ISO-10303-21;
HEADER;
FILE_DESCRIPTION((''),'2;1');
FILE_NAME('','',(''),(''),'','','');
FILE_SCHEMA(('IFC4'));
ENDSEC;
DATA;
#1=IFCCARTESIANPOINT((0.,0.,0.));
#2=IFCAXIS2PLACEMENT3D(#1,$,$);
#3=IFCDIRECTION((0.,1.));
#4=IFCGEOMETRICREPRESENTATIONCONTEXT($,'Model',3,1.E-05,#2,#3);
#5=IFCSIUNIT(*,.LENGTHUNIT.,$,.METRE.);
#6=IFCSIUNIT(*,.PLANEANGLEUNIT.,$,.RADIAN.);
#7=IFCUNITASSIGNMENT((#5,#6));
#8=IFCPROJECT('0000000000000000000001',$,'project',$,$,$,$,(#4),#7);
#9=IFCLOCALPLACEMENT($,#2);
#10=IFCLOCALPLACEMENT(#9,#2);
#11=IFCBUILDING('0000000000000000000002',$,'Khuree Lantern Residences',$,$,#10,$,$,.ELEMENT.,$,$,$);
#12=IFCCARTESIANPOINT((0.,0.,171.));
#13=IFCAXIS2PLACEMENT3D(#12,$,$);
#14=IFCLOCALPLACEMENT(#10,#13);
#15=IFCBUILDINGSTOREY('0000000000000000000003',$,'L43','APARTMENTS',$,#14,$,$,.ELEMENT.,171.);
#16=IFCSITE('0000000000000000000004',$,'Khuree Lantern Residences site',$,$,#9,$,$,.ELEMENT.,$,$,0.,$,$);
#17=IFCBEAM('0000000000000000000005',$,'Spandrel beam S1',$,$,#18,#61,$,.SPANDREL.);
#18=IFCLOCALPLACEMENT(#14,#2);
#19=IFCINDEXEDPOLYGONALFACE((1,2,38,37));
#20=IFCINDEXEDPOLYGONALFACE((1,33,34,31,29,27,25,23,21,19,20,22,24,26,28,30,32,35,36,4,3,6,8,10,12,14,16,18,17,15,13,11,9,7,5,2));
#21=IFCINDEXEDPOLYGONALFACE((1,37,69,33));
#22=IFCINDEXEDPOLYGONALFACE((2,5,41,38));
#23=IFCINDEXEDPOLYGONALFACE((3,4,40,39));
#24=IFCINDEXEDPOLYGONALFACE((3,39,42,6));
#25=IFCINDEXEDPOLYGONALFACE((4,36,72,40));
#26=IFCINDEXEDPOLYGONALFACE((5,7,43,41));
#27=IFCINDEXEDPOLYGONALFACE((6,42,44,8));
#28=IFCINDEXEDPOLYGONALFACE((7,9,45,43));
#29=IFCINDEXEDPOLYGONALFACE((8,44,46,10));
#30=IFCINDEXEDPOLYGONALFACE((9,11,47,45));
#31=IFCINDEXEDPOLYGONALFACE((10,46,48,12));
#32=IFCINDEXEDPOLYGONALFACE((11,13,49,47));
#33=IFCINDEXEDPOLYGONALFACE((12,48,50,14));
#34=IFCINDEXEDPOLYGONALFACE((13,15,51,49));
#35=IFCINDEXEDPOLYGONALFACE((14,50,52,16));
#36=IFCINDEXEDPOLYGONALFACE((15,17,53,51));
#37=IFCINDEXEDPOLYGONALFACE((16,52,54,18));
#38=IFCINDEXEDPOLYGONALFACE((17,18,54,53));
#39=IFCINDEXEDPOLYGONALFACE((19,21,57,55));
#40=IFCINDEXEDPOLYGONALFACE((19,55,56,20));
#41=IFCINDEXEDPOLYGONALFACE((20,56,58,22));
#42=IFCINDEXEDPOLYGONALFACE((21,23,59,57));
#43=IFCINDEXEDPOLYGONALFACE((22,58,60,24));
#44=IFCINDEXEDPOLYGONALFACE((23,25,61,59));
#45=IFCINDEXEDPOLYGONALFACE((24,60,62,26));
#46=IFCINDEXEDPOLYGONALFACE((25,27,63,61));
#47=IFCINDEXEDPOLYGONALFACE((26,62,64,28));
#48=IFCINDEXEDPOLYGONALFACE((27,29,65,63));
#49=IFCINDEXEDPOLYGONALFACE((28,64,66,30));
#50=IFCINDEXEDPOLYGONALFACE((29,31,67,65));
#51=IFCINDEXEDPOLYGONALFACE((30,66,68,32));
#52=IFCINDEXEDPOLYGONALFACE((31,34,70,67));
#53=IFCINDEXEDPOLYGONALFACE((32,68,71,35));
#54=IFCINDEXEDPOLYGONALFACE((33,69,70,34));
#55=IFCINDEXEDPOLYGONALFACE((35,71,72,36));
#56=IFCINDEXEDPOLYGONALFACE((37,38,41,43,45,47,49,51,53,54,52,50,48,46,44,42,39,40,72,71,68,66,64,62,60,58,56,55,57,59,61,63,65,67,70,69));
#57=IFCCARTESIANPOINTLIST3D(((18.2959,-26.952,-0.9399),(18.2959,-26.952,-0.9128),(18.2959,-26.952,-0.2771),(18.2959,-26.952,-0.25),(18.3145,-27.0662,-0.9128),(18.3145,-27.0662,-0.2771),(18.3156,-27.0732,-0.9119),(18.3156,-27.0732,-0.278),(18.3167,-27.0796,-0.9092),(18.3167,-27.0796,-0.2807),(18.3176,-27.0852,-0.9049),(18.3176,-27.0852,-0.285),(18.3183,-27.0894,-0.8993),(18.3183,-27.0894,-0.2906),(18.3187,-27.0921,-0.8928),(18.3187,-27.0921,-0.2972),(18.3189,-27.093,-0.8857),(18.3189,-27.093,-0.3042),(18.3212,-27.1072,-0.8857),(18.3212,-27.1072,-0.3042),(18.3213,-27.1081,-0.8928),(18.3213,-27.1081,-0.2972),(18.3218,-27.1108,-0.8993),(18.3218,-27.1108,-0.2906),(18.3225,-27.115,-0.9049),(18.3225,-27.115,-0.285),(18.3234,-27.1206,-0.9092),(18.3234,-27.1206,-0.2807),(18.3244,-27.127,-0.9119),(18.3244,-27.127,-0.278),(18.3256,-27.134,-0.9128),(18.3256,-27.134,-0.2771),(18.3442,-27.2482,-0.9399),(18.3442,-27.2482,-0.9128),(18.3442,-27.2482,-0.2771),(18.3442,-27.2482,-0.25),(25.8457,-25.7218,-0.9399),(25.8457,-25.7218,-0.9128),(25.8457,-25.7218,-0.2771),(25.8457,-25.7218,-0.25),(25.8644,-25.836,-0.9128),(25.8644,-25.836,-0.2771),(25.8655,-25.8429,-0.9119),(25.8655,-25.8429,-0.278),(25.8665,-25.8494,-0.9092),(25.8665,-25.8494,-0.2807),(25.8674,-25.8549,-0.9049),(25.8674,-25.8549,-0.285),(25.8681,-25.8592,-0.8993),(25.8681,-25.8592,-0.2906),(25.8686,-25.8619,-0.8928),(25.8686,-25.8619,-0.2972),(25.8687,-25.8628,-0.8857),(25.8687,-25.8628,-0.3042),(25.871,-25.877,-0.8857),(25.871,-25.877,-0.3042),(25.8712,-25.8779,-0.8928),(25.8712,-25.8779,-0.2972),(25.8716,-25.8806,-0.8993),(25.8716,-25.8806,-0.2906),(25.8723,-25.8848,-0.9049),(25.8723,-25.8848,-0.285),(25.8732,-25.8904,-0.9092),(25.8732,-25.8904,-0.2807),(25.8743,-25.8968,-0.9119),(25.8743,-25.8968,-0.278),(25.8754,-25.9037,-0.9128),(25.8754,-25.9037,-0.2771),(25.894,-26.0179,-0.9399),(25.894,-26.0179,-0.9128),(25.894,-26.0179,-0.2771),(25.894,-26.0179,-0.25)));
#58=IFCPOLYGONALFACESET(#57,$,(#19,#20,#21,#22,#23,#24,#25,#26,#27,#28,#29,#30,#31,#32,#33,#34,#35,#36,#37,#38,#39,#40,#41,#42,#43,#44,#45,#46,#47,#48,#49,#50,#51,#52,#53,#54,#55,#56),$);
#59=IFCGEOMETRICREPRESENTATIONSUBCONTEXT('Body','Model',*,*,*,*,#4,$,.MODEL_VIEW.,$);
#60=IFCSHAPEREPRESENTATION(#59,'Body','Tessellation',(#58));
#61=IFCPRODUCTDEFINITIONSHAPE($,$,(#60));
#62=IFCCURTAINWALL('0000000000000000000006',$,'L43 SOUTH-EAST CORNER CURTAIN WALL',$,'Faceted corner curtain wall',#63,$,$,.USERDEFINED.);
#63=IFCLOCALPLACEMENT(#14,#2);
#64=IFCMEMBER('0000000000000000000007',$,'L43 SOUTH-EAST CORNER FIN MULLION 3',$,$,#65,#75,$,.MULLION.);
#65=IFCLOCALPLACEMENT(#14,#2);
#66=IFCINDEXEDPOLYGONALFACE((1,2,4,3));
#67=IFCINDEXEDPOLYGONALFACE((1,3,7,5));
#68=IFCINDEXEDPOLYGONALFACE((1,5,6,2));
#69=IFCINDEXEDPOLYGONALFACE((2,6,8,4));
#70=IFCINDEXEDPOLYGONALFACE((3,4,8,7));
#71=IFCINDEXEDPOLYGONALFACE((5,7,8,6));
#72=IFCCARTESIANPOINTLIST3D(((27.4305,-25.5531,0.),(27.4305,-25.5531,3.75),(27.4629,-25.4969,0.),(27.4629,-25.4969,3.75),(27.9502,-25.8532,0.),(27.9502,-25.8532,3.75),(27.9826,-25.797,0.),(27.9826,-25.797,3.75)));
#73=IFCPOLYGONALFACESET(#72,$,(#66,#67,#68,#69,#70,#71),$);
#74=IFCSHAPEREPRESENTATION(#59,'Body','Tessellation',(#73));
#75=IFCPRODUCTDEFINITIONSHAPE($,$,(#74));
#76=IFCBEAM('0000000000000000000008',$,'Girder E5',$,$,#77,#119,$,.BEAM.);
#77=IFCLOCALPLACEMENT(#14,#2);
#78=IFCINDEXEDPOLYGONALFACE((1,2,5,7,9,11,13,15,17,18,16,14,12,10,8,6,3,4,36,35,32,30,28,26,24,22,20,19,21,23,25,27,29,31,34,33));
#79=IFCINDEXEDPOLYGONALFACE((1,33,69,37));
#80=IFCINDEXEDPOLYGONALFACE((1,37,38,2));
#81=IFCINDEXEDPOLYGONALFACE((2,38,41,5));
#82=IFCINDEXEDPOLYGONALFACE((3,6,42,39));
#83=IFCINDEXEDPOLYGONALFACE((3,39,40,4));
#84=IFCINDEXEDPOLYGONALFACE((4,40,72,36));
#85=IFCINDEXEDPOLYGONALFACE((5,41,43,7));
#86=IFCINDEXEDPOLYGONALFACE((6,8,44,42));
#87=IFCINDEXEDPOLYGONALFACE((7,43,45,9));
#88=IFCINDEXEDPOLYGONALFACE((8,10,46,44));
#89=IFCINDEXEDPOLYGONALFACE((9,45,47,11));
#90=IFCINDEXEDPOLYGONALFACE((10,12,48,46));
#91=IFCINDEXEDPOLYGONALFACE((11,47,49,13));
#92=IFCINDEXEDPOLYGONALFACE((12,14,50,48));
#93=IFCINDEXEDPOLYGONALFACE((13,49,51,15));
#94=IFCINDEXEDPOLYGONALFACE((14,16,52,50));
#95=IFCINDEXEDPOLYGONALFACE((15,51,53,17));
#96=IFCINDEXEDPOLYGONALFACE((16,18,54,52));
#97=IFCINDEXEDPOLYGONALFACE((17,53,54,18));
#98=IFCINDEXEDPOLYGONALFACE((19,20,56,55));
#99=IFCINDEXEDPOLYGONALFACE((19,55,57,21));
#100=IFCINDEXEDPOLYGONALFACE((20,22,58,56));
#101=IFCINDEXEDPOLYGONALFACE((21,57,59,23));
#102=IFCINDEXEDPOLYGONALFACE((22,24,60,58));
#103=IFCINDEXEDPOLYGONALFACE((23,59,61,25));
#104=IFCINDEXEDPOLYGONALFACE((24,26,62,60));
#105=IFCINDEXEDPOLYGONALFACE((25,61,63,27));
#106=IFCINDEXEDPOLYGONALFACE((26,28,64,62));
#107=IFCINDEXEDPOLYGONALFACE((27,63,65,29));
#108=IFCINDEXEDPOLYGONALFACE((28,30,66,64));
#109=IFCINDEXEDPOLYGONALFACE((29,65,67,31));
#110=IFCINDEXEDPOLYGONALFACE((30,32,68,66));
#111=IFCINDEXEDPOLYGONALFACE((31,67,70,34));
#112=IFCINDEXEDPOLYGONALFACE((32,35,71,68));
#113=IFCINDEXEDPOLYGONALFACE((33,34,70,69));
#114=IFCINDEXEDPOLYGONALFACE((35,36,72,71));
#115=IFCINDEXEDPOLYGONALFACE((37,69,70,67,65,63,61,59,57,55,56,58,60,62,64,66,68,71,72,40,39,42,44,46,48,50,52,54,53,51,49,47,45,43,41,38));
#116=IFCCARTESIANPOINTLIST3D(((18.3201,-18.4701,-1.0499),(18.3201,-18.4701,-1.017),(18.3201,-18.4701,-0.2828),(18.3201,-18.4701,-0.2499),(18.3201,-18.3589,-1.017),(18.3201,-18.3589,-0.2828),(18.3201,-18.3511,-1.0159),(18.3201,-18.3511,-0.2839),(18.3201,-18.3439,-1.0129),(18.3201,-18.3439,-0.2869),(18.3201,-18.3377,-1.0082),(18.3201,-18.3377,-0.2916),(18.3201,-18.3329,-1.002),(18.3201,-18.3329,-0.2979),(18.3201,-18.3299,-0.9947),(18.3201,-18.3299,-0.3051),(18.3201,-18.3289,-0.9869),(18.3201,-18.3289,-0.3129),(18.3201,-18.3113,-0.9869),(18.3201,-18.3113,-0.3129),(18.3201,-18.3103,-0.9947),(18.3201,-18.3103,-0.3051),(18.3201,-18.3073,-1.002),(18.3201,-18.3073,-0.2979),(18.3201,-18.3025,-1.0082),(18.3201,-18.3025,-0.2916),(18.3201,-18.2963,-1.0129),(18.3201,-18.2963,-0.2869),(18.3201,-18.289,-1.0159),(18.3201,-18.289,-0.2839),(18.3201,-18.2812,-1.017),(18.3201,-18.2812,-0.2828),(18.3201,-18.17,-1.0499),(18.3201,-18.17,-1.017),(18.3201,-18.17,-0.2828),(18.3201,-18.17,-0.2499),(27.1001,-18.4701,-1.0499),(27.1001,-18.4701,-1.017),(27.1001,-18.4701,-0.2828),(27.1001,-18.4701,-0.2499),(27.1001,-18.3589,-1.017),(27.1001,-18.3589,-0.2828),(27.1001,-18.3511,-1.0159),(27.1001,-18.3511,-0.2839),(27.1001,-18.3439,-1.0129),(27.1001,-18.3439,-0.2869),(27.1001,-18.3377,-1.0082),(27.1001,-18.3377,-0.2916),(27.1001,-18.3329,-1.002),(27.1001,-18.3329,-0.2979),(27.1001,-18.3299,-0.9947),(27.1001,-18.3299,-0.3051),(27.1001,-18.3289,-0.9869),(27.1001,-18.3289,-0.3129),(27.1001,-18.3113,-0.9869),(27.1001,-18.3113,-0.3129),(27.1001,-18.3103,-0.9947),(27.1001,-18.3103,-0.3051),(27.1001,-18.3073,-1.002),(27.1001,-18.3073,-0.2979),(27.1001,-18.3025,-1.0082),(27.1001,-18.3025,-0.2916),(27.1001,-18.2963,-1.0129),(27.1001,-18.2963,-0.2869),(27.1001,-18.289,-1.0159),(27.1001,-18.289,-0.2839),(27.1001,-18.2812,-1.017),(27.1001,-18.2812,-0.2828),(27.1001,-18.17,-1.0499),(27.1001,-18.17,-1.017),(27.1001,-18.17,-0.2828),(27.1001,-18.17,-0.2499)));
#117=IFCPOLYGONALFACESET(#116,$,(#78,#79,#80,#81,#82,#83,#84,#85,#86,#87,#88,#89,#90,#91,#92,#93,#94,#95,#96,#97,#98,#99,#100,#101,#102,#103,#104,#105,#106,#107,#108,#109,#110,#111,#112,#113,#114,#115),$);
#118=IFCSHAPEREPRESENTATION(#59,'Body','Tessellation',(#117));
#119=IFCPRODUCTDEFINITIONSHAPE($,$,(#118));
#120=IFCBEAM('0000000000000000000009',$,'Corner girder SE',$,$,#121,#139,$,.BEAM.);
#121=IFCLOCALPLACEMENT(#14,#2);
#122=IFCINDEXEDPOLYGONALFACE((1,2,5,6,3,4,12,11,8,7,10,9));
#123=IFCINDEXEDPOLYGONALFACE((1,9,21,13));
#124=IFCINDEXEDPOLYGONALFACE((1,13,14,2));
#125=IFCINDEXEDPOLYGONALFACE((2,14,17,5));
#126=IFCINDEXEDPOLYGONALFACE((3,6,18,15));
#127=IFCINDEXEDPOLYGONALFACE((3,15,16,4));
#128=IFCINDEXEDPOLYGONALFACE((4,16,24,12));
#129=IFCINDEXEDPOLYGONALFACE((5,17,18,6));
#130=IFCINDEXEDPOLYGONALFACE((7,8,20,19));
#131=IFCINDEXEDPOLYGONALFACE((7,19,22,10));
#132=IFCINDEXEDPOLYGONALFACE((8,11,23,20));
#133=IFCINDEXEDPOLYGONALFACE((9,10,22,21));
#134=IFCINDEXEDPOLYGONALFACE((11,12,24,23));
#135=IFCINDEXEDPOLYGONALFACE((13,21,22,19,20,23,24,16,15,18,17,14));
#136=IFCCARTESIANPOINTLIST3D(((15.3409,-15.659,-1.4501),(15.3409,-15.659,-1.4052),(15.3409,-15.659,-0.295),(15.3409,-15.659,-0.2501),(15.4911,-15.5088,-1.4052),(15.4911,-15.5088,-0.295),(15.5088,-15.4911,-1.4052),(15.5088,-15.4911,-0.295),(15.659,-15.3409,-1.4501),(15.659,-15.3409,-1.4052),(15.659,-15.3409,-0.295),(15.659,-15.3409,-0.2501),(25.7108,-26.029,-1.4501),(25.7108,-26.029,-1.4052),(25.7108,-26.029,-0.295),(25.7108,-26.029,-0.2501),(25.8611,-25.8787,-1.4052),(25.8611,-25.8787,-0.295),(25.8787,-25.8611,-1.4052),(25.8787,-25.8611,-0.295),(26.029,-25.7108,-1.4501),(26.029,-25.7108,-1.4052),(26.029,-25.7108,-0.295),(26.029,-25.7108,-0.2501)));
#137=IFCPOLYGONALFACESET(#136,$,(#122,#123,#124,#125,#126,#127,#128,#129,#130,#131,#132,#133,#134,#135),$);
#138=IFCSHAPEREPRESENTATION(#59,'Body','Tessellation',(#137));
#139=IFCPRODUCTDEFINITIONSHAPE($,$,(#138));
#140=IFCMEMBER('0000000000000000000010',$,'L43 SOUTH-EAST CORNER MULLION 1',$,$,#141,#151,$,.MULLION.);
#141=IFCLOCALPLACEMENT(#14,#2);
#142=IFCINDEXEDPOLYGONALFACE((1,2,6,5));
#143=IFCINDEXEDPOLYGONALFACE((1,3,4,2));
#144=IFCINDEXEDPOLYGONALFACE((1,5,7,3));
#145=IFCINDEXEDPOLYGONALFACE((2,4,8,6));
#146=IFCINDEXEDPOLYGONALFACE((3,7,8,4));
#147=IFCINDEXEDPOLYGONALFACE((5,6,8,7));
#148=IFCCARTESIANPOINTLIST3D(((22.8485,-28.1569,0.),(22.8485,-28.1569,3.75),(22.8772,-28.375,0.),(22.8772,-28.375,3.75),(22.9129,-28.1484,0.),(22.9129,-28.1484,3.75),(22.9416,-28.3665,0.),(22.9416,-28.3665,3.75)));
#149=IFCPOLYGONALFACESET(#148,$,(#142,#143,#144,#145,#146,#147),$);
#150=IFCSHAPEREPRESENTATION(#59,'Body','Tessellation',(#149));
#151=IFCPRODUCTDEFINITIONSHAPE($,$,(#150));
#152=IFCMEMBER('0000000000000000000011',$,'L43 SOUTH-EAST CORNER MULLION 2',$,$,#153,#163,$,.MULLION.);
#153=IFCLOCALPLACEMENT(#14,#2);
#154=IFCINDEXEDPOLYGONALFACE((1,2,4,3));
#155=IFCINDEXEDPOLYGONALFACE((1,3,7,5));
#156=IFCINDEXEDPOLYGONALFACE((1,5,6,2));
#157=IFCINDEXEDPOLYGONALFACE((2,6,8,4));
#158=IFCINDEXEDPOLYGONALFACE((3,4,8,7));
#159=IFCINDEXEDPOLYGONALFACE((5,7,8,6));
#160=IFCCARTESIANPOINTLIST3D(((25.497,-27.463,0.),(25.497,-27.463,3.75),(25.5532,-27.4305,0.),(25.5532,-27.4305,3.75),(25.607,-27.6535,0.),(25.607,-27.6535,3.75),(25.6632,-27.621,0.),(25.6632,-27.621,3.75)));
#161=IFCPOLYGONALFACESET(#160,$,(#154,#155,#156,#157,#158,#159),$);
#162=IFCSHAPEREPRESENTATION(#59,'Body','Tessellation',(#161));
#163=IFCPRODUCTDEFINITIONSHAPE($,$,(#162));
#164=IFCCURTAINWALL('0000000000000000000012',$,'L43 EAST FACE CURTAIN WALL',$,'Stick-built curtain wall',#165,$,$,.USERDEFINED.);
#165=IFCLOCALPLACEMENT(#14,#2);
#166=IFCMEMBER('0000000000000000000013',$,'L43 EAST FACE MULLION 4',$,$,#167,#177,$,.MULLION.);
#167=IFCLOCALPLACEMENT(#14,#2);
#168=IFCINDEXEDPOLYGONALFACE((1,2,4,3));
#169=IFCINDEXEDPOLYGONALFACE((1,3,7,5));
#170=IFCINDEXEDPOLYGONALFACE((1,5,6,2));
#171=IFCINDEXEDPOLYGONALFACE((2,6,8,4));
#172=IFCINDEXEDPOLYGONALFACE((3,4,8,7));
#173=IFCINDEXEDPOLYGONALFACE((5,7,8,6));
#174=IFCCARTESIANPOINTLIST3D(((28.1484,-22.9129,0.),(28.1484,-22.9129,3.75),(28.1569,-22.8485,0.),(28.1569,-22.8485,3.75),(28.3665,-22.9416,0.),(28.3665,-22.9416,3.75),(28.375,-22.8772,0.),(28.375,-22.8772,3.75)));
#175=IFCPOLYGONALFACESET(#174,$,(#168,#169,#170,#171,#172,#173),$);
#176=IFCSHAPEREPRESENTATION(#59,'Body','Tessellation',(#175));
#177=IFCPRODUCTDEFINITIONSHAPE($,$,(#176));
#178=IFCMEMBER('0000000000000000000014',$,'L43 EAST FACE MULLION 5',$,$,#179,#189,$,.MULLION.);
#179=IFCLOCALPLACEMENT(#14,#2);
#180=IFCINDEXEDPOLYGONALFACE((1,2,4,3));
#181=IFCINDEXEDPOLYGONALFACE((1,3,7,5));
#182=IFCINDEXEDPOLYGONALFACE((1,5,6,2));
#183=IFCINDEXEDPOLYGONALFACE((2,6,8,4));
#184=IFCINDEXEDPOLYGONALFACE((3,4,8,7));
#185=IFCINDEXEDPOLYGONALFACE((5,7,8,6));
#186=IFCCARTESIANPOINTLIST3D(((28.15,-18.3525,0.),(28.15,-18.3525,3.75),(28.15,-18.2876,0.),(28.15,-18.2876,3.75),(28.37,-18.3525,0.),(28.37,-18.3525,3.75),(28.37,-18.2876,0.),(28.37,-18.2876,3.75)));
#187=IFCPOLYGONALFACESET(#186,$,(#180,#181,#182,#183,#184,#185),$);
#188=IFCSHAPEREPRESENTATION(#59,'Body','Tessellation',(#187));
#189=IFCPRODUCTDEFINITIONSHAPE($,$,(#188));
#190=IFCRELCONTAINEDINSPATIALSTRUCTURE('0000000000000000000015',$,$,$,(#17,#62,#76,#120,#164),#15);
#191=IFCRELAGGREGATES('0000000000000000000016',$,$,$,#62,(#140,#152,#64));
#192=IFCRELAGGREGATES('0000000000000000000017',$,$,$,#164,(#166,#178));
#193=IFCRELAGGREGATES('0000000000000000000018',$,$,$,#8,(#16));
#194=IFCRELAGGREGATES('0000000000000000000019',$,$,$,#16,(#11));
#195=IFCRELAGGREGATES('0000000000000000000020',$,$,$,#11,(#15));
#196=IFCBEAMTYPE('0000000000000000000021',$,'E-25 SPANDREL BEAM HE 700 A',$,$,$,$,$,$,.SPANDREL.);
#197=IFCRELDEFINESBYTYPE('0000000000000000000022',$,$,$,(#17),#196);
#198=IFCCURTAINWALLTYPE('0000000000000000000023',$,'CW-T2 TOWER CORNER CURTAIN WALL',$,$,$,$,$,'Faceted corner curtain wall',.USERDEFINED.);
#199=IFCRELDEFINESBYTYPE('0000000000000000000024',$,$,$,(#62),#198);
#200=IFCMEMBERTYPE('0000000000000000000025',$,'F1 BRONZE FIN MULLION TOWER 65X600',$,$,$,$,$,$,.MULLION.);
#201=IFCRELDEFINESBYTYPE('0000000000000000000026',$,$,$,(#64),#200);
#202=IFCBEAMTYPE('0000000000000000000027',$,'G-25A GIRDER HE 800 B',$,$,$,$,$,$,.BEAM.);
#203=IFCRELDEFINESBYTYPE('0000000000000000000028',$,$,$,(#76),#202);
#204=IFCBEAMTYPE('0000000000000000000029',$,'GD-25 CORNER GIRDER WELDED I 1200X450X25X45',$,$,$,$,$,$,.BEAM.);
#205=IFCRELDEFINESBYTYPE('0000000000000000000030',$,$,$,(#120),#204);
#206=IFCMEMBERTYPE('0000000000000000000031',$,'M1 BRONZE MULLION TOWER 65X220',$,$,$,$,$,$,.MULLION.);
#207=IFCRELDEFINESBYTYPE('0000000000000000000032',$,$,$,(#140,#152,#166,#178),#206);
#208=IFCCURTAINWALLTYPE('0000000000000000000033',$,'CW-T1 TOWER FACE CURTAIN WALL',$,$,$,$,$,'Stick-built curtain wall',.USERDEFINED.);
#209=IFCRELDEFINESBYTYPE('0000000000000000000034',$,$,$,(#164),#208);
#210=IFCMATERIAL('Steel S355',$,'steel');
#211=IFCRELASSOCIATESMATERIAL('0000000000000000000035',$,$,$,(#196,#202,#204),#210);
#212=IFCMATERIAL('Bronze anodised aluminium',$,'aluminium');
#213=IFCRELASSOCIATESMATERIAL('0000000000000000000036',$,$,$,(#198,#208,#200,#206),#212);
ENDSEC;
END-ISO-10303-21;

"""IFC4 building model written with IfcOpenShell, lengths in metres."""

from ifc_helpers import new_model, si_unit, direction, frame, origin, origin_2d, place, context, subcontext, project, spatial, rectangle, i_section, extrude, material, material_profile, profile_set, type_object, element, aggregate, save


model = new_model("IFC4")

# Units and contexts
model_context = context("Model", 3, precision=1e-05, world=origin(), true_north=direction((0.0, 1.0)))
body_context = subcontext(model_context, "Body", "Model", "MODEL_VIEW")
ifc_project = project(units=[si_unit("LENGTHUNIT", "METRE"), si_unit("PLANEANGLEUNIT", "RADIAN")], contexts=[model_context])

# Site, building, storey
site_placement = place(None, origin())
site = spatial("IfcSite", under=ifc_project, at=site_placement, Name="Khuree Lantern Residences site", CompositionType="ELEMENT", RefElevation=0.0)
building_placement = place(site_placement, origin())
building = spatial("IfcBuilding", under=site, at=building_placement, Name="Khuree Lantern Residences", CompositionType="ELEMENT")
storey_placement = place(building_placement, frame((0.0, 0.0, 171.0)))
storey = spatial("IfcBuildingStorey", under=building, at=storey_placement, Name="L43", Description="APARTMENTS", CompositionType="ELEMENT", Elevation=171.0)

# Beam
ifc_material_1 = material(Name="Steel S355", Category="steel")
ifc_material_profile_1 = material_profile(ifc_material_1, i_section(OverallWidth=0.3, OverallDepth=0.6899, WebThickness=0.0144, FlangeThickness=0.0271, FilletRadius=0.0271, at=origin_2d()), Name="HE 700 A")
ifc_profile_set_1 = profile_set([ifc_material_profile_1], Name="Steel S355")
beam_type_1 = type_object("IfcBeamType", Name="E-25 SPANDREL BEAM HE 700 A", PredefinedType="SPANDREL", material=ifc_profile_set_1)
for number, where, z_axis, x_axis, name in (
    (1, (25.8699, -25.8699, -0.595), (-0.986983, -0.160827, 0.0), (0.160827, -0.986983, 0.0), "Spandrel beam S1"),
):
    element("IfcBeam", number, at=place(storey_placement, frame(where, z_axis=z_axis, x_axis=x_axis)), inside=storey, type_object=beam_type_1, Name=name, PredefinedType="SPANDREL", context=body_context, shape_type="SweptSolid", body=[
        extrude(i_section(OverallWidth=0.3, OverallDepth=0.6899, WebThickness=0.0144, FlangeThickness=0.0271, FilletRadius=0.0271, at=origin_2d()), origin(), (0.0, 0.0, 1.0), 7.6494),
    ])

# Curtain wall, member
ifc_material_2 = material(Name="Bronze anodised aluminium", Category="aluminium")
curtain_wall_type_1 = type_object("IfcCurtainWallType", Name="CW-T2 TOWER CORNER CURTAIN WALL", ElementType="Faceted corner curtain wall", PredefinedType="USERDEFINED", material=ifc_material_2)
curtain_wall_1_placement = place(storey_placement, origin())
curtain_wall_1 = element("IfcCurtainWall", 2, at=curtain_wall_1_placement, inside=storey, type_object=curtain_wall_type_1, Name="L43 SOUTH-EAST CORNER CURTAIN WALL", ObjectType="Faceted corner curtain wall", PredefinedType="USERDEFINED")
ifc_material_profile_2 = material_profile(ifc_material_2, rectangle(XDim=0.0649, YDim=0.6001, at=origin_2d()), Name="F1 65X600")
ifc_profile_set_2 = profile_set([ifc_material_profile_2], Name="Bronze anodised aluminium")
member_type_1 = type_object("IfcMemberType", Name="F1 BRONZE FIN MULLION TOWER 65X600", PredefinedType="MULLION", material=ifc_profile_set_2)
member_1_placement = place(storey_placement, frame((27.7065, -25.675, 0.0), z_axis=(0.0, 0.0, 1.0), x_axis=(0.5, 0.866025, 0.0)))
member_1 = element("IfcMember", 3, at=member_1_placement, type_object=member_type_1, Name="L43 SOUTH-EAST CORNER FIN MULLION 3", PredefinedType="MULLION", context=body_context, shape_type="SweptSolid", body=[
    extrude(rectangle(XDim=0.0649, YDim=0.6001, at=origin_2d()), origin(), (0.0, 0.0, 1.0), 3.75),
])

# Beams
ifc_material_profile_3 = material_profile(ifc_material_1, i_section(OverallWidth=0.3, OverallDepth=0.8, WebThickness=0.0176, FlangeThickness=0.033, FilletRadius=0.03, at=origin_2d()), Name="HE 800 B")
ifc_profile_set_3 = profile_set([ifc_material_profile_3], Name="Steel S355")
beam_type_2 = type_object("IfcBeamType", Name="G-25A GIRDER HE 800 B", PredefinedType="BEAM", material=ifc_profile_set_3)
beam_1_placement = place(storey_placement, frame((27.1001, -18.3201, -0.6499), z_axis=(-1.0, 0.0, 0.0), x_axis=(0.0, -1.0, 0.0)))
element("IfcBeam", 4, at=beam_1_placement, inside=storey, type_object=beam_type_2, Name="Girder E5", PredefinedType="BEAM", context=body_context, shape_type="SweptSolid", body=[
    extrude(i_section(OverallWidth=0.3, OverallDepth=0.8, WebThickness=0.0176, FlangeThickness=0.033, FilletRadius=0.03, at=origin_2d()), origin(), (0.0, 0.0, 1.0), 8.78),
])
ifc_material_profile_4 = material_profile(ifc_material_1, i_section(OverallWidth=0.45, OverallDepth=1.2, WebThickness=0.0249, FlangeThickness=0.0449, at=origin_2d()), Name="WELDED I 1200X450X25X45")
ifc_profile_set_4 = profile_set([ifc_material_profile_4], Name="Steel S355")
beam_type_3 = type_object("IfcBeamType", Name="GD-25 CORNER GIRDER WELDED I 1200X450X25X45", PredefinedType="BEAM", material=ifc_profile_set_4)
beam_2_placement = place(storey_placement, frame((25.8699, -25.8699, -0.8501), z_axis=(-0.707107, 0.707107, 0.0), x_axis=(-0.707107, -0.707107, 0.0)))
element("IfcBeam", 5, at=beam_2_placement, inside=storey, type_object=beam_type_3, Name="Corner girder SE", PredefinedType="BEAM", context=body_context, shape_type="SweptSolid", body=[
    extrude(i_section(OverallWidth=0.45, OverallDepth=1.2, WebThickness=0.0249, FlangeThickness=0.0449, at=origin_2d()), origin(), (0.0, 0.0, 1.0), 14.6653),
])

# Members
ifc_material_profile_5 = material_profile(ifc_material_2, rectangle(XDim=0.0649, YDim=0.22, at=origin_2d()), Name="M1 65X220")
ifc_profile_set_5 = profile_set([ifc_material_profile_5], Name="Bronze anodised aluminium")
member_type_2 = type_object("IfcMemberType", Name="M1 BRONZE MULLION TOWER 65X220", PredefinedType="MULLION", material=ifc_profile_set_5)
member_2_placement = place(storey_placement, frame((22.895, -28.2617, 0.0), z_axis=(0.0, 0.0, 1.0), x_axis=(0.991445, 0.130526, 0.0)))
member_2 = element("IfcMember", 6, at=member_2_placement, type_object=member_type_2, Name="L43 SOUTH-EAST CORNER MULLION 1", PredefinedType="MULLION", context=body_context, shape_type="SweptSolid", body=[
    extrude(rectangle(XDim=0.0649, YDim=0.22, at=origin_2d()), origin(), (0.0, 0.0, 1.0), 3.75),
])
member_3_placement = place(storey_placement, frame((25.5801, -27.542, 0.0), z_axis=(0.0, 0.0, 1.0), x_axis=(0.866025, 0.5, 0.0)))
member_3 = element("IfcMember", 7, at=member_3_placement, type_object=member_type_2, Name="L43 SOUTH-EAST CORNER MULLION 2", PredefinedType="MULLION", context=body_context, shape_type="SweptSolid", body=[
    extrude(rectangle(XDim=0.0649, YDim=0.22, at=origin_2d()), origin(), (0.0, 0.0, 1.0), 3.75),
])

# Curtain wall, members
curtain_wall_type_2 = type_object("IfcCurtainWallType", Name="CW-T1 TOWER FACE CURTAIN WALL", ElementType="Stick-built curtain wall", PredefinedType="USERDEFINED", material=ifc_material_2)
curtain_wall_2_placement = place(storey_placement, origin())
curtain_wall_2 = element("IfcCurtainWall", 8, at=curtain_wall_2_placement, inside=storey, type_object=curtain_wall_type_2, Name="L43 EAST FACE CURTAIN WALL", ObjectType="Stick-built curtain wall", PredefinedType="USERDEFINED")
member_4_placement = place(storey_placement, frame((28.2617, -22.895, 0.0), z_axis=(0.0, 0.0, 1.0), x_axis=(0.130526, 0.991445, 0.0)))
member_4 = element("IfcMember", 9, at=member_4_placement, type_object=member_type_2, Name="L43 EAST FACE MULLION 4", PredefinedType="MULLION", context=body_context, shape_type="SweptSolid", body=[
    extrude(rectangle(XDim=0.0649, YDim=0.22, at=origin_2d()), origin(), (0.0, 0.0, 1.0), 3.75),
])
member_5_placement = place(storey_placement, frame((28.26, -18.3201, 0.0), z_axis=(0.0, 0.0, 1.0), x_axis=(0.0, 1.0, 0.0)))
member_5 = element("IfcMember", 10, at=member_5_placement, type_object=member_type_2, Name="L43 EAST FACE MULLION 5", PredefinedType="MULLION", context=body_context, shape_type="SweptSolid", body=[
    extrude(rectangle(XDim=0.0649, YDim=0.22, at=origin_2d()), origin(), (0.0, 0.0, 1.0), 3.75),
])

aggregate(curtain_wall_1, [member_2, member_3, member_1])
aggregate(curtain_wall_2, [member_4, member_5])

save(model, "model.ifc")
